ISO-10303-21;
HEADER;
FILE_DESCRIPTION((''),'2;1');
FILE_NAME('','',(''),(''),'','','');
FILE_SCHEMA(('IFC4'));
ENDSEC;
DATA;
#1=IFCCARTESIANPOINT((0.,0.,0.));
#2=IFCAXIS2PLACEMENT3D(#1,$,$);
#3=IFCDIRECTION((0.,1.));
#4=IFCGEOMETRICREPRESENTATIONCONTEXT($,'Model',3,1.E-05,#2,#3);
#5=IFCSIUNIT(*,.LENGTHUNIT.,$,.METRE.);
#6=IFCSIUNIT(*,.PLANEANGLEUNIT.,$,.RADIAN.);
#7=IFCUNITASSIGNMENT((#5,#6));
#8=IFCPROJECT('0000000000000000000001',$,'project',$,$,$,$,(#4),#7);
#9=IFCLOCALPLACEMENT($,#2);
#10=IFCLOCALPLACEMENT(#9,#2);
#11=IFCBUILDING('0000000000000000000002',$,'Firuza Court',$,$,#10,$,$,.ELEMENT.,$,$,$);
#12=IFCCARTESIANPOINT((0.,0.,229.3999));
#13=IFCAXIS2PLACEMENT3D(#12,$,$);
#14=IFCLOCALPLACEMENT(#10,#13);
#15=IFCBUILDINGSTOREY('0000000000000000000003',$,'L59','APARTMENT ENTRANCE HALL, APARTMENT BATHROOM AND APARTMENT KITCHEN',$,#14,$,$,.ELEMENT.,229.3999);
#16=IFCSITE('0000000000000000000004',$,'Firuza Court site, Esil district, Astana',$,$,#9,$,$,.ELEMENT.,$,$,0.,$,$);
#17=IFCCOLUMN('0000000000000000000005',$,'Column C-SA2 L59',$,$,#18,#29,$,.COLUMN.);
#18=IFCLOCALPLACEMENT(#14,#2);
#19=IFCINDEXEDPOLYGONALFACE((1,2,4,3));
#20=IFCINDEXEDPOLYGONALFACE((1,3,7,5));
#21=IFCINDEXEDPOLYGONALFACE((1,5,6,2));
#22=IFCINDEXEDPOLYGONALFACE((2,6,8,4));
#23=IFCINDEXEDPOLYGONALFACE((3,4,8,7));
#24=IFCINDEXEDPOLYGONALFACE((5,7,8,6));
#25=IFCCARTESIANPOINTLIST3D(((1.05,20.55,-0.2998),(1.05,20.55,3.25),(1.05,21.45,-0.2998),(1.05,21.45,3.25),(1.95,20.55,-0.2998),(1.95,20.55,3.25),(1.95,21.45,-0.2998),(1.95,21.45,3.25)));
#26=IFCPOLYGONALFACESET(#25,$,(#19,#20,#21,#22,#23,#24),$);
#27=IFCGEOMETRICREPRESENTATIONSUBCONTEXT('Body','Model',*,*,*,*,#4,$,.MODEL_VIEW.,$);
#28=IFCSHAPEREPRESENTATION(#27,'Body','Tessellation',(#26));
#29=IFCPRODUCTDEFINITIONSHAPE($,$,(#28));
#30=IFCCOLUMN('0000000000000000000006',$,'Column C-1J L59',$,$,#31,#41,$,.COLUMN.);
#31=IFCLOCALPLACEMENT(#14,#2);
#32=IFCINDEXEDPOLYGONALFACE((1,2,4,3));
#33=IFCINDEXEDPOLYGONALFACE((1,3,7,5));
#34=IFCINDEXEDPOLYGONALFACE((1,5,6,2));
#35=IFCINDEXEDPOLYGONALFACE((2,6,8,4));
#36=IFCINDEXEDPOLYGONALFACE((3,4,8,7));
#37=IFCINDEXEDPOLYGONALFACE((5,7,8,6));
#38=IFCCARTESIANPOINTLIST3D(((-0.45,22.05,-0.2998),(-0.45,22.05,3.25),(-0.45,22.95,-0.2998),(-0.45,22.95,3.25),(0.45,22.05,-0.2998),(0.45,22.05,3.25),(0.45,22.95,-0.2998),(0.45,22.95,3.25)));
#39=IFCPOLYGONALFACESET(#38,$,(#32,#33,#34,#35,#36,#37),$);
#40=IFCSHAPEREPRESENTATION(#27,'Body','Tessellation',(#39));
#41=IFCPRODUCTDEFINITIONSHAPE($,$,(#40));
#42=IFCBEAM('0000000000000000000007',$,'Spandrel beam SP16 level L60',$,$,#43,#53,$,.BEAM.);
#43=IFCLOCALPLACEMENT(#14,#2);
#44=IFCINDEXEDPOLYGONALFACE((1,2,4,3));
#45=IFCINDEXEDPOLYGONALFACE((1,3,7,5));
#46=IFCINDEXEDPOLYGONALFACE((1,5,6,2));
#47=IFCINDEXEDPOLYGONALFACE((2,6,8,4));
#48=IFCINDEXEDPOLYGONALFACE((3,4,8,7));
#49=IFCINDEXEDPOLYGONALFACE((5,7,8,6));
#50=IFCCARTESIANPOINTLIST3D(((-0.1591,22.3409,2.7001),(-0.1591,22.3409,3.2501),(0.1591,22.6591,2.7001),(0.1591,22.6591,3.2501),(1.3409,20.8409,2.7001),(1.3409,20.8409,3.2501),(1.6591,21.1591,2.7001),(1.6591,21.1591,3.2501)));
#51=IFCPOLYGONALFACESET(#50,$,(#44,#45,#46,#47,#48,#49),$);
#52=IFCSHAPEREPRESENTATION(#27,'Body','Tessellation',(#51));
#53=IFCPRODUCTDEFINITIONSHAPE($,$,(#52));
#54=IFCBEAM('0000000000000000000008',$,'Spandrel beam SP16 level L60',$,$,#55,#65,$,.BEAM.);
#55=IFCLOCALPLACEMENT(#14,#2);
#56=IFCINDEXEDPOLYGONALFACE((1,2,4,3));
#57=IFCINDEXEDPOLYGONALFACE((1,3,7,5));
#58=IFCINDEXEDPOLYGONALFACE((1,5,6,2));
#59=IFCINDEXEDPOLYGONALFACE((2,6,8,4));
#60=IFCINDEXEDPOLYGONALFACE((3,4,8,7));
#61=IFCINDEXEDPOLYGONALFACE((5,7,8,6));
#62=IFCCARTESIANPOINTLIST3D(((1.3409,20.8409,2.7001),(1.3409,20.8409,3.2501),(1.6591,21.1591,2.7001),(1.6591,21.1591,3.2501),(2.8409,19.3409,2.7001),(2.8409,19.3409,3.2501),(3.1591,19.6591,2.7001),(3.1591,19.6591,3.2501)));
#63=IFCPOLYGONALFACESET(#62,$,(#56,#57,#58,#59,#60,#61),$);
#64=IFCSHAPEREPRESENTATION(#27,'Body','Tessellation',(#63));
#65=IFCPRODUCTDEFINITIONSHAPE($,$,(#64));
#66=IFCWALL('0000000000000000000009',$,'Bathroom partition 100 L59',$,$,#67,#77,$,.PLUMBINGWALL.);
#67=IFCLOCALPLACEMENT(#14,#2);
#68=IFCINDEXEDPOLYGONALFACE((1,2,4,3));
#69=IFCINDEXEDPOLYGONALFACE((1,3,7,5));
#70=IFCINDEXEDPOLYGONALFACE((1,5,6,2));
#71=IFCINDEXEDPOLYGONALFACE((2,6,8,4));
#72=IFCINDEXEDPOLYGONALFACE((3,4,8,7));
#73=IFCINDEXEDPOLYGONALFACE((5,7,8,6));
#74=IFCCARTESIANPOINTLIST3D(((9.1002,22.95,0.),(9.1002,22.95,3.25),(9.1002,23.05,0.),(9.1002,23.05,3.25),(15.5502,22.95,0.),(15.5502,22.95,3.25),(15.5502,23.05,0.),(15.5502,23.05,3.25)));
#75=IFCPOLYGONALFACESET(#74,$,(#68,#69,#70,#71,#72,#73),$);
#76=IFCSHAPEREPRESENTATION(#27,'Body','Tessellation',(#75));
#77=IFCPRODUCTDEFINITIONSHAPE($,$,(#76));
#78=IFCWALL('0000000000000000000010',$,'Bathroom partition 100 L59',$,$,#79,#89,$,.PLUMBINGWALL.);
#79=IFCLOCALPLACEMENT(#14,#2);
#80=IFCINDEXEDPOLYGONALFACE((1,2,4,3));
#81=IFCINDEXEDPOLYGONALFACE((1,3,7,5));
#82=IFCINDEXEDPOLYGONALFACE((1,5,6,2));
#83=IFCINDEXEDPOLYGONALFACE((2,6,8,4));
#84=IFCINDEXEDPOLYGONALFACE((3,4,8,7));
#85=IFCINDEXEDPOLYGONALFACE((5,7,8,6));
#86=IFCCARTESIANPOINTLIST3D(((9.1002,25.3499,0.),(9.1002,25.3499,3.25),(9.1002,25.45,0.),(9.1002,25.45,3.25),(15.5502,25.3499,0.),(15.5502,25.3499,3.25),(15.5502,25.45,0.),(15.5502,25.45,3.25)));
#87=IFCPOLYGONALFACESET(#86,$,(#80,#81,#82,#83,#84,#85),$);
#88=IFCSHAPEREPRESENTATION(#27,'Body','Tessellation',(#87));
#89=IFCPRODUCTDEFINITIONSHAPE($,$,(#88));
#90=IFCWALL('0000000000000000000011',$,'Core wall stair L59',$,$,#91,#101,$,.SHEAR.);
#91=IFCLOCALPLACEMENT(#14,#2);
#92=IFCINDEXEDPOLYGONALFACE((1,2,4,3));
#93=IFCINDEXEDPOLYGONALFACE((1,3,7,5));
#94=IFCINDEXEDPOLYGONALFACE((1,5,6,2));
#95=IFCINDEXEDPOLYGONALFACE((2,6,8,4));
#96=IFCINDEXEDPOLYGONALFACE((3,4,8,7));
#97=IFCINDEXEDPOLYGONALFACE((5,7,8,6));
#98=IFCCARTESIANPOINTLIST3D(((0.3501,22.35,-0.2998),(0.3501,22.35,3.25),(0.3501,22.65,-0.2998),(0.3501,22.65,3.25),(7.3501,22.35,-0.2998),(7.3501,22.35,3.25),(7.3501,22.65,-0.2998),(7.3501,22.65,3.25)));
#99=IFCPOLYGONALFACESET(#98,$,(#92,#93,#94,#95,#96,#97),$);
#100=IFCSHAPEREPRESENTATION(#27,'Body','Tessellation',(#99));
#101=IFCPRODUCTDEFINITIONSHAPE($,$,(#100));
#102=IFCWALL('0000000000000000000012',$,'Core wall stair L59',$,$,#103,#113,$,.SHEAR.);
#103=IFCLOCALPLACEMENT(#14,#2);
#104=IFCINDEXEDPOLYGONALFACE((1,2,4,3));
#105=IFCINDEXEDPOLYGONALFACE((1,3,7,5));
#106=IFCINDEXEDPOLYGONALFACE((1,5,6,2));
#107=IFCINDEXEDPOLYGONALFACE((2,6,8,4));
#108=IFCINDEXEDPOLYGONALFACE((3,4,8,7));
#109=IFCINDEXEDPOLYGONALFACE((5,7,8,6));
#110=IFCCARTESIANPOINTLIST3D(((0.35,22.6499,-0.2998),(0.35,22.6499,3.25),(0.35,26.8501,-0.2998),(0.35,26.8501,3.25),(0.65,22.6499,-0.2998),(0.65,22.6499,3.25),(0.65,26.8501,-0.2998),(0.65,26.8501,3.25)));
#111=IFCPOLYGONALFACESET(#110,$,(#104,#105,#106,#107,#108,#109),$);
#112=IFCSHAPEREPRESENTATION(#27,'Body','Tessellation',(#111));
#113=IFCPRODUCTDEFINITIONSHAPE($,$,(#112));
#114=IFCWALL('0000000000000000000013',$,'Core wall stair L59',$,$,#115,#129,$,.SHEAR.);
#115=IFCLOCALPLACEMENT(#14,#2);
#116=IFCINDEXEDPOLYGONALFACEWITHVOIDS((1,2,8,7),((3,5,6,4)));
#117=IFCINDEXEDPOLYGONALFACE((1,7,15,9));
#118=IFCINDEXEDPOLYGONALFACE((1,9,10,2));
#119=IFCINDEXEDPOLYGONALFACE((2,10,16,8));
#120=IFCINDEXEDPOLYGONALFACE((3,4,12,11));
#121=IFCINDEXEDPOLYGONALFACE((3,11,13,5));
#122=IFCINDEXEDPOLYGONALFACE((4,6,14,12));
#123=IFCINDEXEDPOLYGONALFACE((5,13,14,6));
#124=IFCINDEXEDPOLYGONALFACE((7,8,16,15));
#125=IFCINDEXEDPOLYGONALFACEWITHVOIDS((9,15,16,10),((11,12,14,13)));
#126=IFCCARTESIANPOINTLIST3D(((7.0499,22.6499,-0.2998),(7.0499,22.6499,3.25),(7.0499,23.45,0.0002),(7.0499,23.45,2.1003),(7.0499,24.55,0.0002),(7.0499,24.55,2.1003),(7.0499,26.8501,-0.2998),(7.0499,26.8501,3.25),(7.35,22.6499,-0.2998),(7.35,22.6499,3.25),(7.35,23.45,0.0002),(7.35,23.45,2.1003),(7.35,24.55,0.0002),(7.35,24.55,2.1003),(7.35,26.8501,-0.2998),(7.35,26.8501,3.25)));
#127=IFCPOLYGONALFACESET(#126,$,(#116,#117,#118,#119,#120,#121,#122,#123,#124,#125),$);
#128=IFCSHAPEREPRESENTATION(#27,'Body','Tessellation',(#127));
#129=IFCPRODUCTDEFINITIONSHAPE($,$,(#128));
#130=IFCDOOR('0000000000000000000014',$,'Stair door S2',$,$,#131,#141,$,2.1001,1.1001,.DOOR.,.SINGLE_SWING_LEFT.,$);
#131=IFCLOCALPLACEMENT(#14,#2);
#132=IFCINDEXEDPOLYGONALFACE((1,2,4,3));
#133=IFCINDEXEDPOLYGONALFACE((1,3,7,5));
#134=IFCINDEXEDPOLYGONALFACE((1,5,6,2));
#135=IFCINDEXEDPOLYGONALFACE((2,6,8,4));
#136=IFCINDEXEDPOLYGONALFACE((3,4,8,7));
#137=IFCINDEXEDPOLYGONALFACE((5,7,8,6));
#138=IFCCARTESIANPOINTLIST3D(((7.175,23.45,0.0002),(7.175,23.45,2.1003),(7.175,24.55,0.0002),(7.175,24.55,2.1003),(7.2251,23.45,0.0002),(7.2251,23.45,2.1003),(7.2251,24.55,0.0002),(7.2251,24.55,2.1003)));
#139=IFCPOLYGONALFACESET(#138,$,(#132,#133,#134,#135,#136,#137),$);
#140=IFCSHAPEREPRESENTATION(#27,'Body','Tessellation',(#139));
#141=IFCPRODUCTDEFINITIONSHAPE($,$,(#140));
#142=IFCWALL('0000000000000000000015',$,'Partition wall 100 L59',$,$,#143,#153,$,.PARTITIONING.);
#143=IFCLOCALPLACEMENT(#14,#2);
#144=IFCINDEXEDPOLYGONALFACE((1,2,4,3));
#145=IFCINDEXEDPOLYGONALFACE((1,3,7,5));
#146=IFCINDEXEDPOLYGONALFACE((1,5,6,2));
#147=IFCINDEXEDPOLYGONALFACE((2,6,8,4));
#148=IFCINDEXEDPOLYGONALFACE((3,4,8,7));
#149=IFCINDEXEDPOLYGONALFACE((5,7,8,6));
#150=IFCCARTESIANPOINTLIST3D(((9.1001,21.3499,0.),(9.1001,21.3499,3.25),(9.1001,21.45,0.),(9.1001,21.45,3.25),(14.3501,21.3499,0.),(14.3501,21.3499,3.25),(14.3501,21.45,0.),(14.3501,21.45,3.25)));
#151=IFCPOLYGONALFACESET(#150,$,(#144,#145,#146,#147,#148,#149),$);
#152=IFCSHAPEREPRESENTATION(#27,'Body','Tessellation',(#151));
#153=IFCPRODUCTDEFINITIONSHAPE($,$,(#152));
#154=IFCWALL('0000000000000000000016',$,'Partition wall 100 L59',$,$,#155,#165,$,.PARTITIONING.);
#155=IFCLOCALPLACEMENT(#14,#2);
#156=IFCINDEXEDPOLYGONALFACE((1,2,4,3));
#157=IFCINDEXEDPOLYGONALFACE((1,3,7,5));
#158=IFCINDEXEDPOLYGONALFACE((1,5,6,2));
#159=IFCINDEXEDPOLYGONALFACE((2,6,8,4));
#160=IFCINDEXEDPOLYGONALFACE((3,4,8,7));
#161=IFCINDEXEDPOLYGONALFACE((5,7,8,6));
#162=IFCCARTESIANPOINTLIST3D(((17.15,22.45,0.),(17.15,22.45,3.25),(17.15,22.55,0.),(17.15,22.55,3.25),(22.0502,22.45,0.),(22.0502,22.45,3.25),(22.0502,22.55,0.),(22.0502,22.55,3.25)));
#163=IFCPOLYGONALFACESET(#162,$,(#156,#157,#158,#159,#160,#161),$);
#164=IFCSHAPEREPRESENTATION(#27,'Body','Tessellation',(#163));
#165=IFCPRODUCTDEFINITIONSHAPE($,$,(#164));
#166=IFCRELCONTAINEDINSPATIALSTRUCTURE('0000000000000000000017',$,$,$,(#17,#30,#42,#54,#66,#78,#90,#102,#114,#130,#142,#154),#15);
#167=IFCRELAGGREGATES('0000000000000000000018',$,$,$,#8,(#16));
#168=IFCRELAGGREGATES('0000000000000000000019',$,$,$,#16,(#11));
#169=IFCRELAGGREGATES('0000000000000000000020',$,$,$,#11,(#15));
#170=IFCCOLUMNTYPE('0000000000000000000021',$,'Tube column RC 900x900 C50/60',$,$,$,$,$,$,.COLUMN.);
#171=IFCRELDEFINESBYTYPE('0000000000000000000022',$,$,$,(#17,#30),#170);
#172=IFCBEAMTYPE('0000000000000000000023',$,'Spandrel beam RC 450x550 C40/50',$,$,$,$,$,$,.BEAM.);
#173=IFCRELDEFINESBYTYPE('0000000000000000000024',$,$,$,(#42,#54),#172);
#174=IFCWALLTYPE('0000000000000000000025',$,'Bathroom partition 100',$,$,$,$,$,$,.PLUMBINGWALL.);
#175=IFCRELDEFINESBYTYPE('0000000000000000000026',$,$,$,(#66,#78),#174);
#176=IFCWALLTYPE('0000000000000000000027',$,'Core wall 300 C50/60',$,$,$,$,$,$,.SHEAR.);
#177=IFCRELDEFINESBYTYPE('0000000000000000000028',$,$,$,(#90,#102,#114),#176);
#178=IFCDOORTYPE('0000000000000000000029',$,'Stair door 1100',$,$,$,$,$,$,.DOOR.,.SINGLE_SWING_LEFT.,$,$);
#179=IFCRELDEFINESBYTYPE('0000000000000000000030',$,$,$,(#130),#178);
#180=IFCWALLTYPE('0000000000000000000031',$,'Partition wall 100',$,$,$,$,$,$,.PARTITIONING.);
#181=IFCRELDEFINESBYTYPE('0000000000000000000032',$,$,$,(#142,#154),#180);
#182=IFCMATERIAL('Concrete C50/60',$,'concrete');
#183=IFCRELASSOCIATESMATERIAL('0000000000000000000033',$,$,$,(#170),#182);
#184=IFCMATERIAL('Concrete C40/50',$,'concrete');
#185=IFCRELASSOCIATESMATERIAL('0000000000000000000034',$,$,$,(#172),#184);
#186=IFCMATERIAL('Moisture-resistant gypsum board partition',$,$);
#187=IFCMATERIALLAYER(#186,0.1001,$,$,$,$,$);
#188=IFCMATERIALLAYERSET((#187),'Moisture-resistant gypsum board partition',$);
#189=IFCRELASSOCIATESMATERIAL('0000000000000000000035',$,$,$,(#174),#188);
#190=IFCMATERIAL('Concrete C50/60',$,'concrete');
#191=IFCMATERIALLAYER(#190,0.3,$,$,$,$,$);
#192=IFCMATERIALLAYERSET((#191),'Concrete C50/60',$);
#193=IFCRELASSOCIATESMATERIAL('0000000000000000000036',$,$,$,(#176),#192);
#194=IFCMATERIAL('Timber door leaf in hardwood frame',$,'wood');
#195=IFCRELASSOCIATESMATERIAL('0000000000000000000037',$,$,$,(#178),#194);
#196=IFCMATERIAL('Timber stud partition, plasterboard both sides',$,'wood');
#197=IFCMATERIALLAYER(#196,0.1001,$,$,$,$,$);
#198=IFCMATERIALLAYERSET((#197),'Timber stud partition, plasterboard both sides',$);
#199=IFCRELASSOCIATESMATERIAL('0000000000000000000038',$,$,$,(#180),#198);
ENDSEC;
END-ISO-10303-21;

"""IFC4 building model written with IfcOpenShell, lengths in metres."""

from ifc_helpers import new_model, si_unit, direction, frame, frame_2d, origin, origin_2d, place, context, subcontext, project, spatial, rectangle, extrude, material, layer, layer_set, material_profile, profile_set, type_object, element, fill, save


model = new_model("IFC4")

# Units and contexts
model_context = context("Model", 3, precision=1e-05, world=origin(), true_north=direction((0.0, 1.0)))
body_context = subcontext(model_context, "Body", "Model", "MODEL_VIEW")
ifc_project = project(units=[si_unit("LENGTHUNIT", "METRE"), si_unit("PLANEANGLEUNIT", "RADIAN")], contexts=[model_context])

# Site, building, storey
site_placement = place(None, origin())
site = spatial("IfcSite", under=ifc_project, at=site_placement, Name="Firuza Court site, Esil district, Astana", CompositionType="ELEMENT", RefElevation=0.0)
building_placement = place(site_placement, origin())
building = spatial("IfcBuilding", under=site, at=building_placement, Name="Firuza Court", CompositionType="ELEMENT")
storey_placement = place(building_placement, frame((0.0, 0.0, 229.3999)))
storey = spatial("IfcBuildingStorey", under=building, at=storey_placement, Name="L59", Description="APARTMENT ENTRANCE HALL, APARTMENT BATHROOM AND APARTMENT KITCHEN", CompositionType="ELEMENT", Elevation=229.3999)

# Columns
ifc_material_1 = material(Name="Concrete C50/60", Category="concrete")
ifc_material_profile_1 = material_profile(ifc_material_1, rectangle(XDim=0.8999, YDim=0.8999, at=origin_2d()), Name="RC 900x900")
ifc_profile_set_1 = profile_set([ifc_material_profile_1], Name="Concrete C50/60")
column_type = type_object("IfcColumnType", Name="Tube column RC 900x900 C50/60", PredefinedType="COLUMN", material=ifc_profile_set_1)
for number, where, z_axis, x_axis, name in (
    (1, (1.5, 21.0, -0.2998), (0.0, 0.0, 1.0), (1.0, 0.0, 0.0), "Column C-SA2 L59"),
    (2, (0.0, 22.5, -0.2998), (0.0, 0.0, 1.0), (1.0, 0.0, 0.0), "Column C-1J L59"),
):
    element("IfcColumn", number, at=place(storey_placement, frame(where, z_axis=z_axis, x_axis=x_axis)), inside=storey, type_object=column_type, Name=name, PredefinedType="COLUMN", context=body_context, shape_type="SweptSolid", body=[
        extrude(rectangle(XDim=0.8999, YDim=0.8999, at=origin_2d()), origin(), (0.0, 0.0, 1.0), 3.5498),
    ])

# Beams
ifc_material_2 = material(Name="Concrete C40/50", Category="concrete")
ifc_material_profile_2 = material_profile(ifc_material_2, rectangle(XDim=0.45, YDim=0.55, at=origin_2d()), Name="RC 450x550")
ifc_profile_set_2 = profile_set([ifc_material_profile_2], Name="Concrete C40/50")
beam_type = type_object("IfcBeamType", Name="Spandrel beam RC 450x550 C40/50", PredefinedType="BEAM", material=ifc_profile_set_2)
for number, where, z_axis, x_axis, name in (
    (3, (0.0, 22.5, 2.9751), (0.707107, -0.707107, 0.0), (0.707107, 0.707107, 0.0), "Spandrel beam SP16 level L60"),
    (4, (1.5, 21.0, 2.9751), (0.707107, -0.707107, 0.0), (0.707107, 0.707107, 0.0), "Spandrel beam SP16 level L60"),
):
    element("IfcBeam", number, at=place(storey_placement, frame(where, z_axis=z_axis, x_axis=x_axis)), inside=storey, type_object=beam_type, Name=name, PredefinedType="BEAM", context=body_context, shape_type="SweptSolid", body=[
        extrude(rectangle(XDim=0.45, YDim=0.55, at=origin_2d()), origin(), (0.0, 0.0, 1.0), 2.1213),
    ])

# Walls
ifc_material_3 = material(Name="Moisture-resistant gypsum board partition")
ifc_layer_1 = layer(ifc_material_3, 0.1001)
ifc_layer_set_1 = layer_set([ifc_layer_1], Name="Moisture-resistant gypsum board partition")
wall_type_1 = type_object("IfcWallType", Name="Bathroom partition 100", PredefinedType="PLUMBINGWALL", material=ifc_layer_set_1)
for number, where, z_axis, x_axis, name in (
    (5, (9.1001, 23.0, 0.0), (0.0, 0.0, 1.0), (1.0, 0.0, 0.0), "Bathroom partition 100 L59"),
    (6, (9.1001, 25.3999, 0.0), (0.0, 0.0, 1.0), (1.0, 0.0, 0.0), "Bathroom partition 100 L59"),
):
    element("IfcWall", number, at=place(storey_placement, frame(where, z_axis=z_axis, x_axis=x_axis)), inside=storey, type_object=wall_type_1, Name=name, PredefinedType="PLUMBINGWALL", context=body_context, shape_type="SweptSolid", body=[
        extrude(rectangle(XDim=6.45, YDim=0.1001, at=frame_2d((3.2251, 0.0))), origin(), (0.0, 0.0, 1.0), 3.25),
    ])
ifc_material_4 = material(Name="Concrete C50/60", Category="concrete")
ifc_layer_2 = layer(ifc_material_4, 0.3)
ifc_layer_set_2 = layer_set([ifc_layer_2], Name="Concrete C50/60")
wall_type_2 = type_object("IfcWallType", Name="Core wall 300 C50/60", PredefinedType="SHEAR", material=ifc_layer_set_2)
wall_1_placement = place(storey_placement, frame((0.3501, 22.5, -0.2998), z_axis=(0.0, 0.0, 1.0), x_axis=(1.0, 0.0, 0.0)))
element("IfcWall", 7, at=wall_1_placement, inside=storey, type_object=wall_type_2, Name="Core wall stair L59", PredefinedType="SHEAR", context=body_context, shape_type="SweptSolid", body=[
    extrude(rectangle(XDim=7.0, YDim=0.3, at=frame_2d((3.5, 0.0))), origin(), (0.0, 0.0, 1.0), 3.5498),
])
wall_2_placement = place(storey_placement, frame((0.5, 22.6499, -0.2998), z_axis=(0.0, 0.0, 1.0), x_axis=(0.0, 1.0, 0.0)))
element("IfcWall", 8, at=wall_2_placement, inside=storey, type_object=wall_type_2, Name="Core wall stair L59", PredefinedType="SHEAR", context=body_context, shape_type="SweptSolid", body=[
    extrude(rectangle(XDim=4.2002, YDim=0.3, at=frame_2d((2.1001, 0.0))), origin(), (0.0, 0.0, 1.0), 3.5498),
])

# Wall, opening, door
wall_3_placement = place(storey_placement, frame((7.2, 22.6499, -0.2998), z_axis=(0.0, 0.0, 1.0), x_axis=(0.0, 1.0, 0.0)))
wall_3 = element("IfcWall", 9, at=wall_3_placement, inside=storey, type_object=wall_type_2, Name="Core wall stair L59", PredefinedType="SHEAR", context=body_context, shape_type="SweptSolid", body=[
    extrude(rectangle(XDim=4.2002, YDim=0.3, at=frame_2d((2.1001, 0.0))), origin(), (0.0, 0.0, 1.0), 3.5498),
])
opening_1_placement = place(wall_3_placement, frame((0.8, 0.0, 0.3)))
opening_1 = element("IfcOpeningElement", 10, at=opening_1_placement, cuts=wall_3, PredefinedType="OPENING", context=body_context, shape_type="SweptSolid", body=[
    extrude(rectangle(XDim=1.1001, YDim=2.1001, at=frame_2d((0.55, 1.05))), frame((0.0, 0.1621, 0.0), z_axis=(0.0, -1.0, 0.0), x_axis=(1.0, 0.0, 0.0)), (0.0, 0.0, 1.0), 0.324),
])
ifc_material_5 = material(Name="Timber door leaf in hardwood frame", Category="wood")
door_type_1 = type_object("IfcDoorType", Name="Stair door 1100", OperationType="SINGLE_SWING_LEFT", PredefinedType="DOOR", material=ifc_material_5)
door_1_placement = place(opening_1_placement, origin())
door_1 = element("IfcDoor", 11, at=door_1_placement, inside=storey, type_object=door_type_1, Name="Stair door S2", OperationType="SINGLE_SWING_LEFT", OverallHeight=2.1001, OverallWidth=1.1001, PredefinedType="DOOR", context=body_context, shape_type="SweptSolid", body=[
    extrude(rectangle(XDim=1.1001, YDim=2.1001, at=frame_2d((0.55, 1.05))), frame((0.0, 0.0249, 0.0), z_axis=(0.0, -1.0, 0.0), x_axis=(1.0, 0.0, 0.0)), (0.0, 0.0, 1.0), 0.05),
])
fill(opening_1, door_1)

# Walls
ifc_material_6 = material(Name="Timber stud partition, plasterboard both sides", Category="wood")
ifc_layer_3 = layer(ifc_material_6, 0.1001)
ifc_layer_set_3 = layer_set([ifc_layer_3], Name="Timber stud partition, plasterboard both sides")
wall_type_3 = type_object("IfcWallType", Name="Partition wall 100", PredefinedType="PARTITIONING", material=ifc_layer_set_3)
wall_4_placement = place(storey_placement, frame((9.1001, 21.3999, 0.0), z_axis=(0.0, 0.0, 1.0), x_axis=(1.0, 0.0, 0.0)))
element("IfcWall", 12, at=wall_4_placement, inside=storey, type_object=wall_type_3, Name="Partition wall 100 L59", PredefinedType="PARTITIONING", context=body_context, shape_type="SweptSolid", body=[
    extrude(rectangle(XDim=5.25, YDim=0.1001, at=frame_2d((2.625, 0.0))), origin(), (0.0, 0.0, 1.0), 3.25),
])
wall_5_placement = place(storey_placement, frame((17.1499, 22.5, 0.0), z_axis=(0.0, 0.0, 1.0), x_axis=(1.0, 0.0, 0.0)))
element("IfcWall", 13, at=wall_5_placement, inside=storey, type_object=wall_type_3, Name="Partition wall 100 L59", PredefinedType="PARTITIONING", context=body_context, shape_type="SweptSolid", body=[
    extrude(rectangle(XDim=4.9001, YDim=0.1001, at=frame_2d((2.4502, 0.0))), origin(), (0.0, 0.0, 1.0), 3.25),
])

save(model, "model.ifc")
